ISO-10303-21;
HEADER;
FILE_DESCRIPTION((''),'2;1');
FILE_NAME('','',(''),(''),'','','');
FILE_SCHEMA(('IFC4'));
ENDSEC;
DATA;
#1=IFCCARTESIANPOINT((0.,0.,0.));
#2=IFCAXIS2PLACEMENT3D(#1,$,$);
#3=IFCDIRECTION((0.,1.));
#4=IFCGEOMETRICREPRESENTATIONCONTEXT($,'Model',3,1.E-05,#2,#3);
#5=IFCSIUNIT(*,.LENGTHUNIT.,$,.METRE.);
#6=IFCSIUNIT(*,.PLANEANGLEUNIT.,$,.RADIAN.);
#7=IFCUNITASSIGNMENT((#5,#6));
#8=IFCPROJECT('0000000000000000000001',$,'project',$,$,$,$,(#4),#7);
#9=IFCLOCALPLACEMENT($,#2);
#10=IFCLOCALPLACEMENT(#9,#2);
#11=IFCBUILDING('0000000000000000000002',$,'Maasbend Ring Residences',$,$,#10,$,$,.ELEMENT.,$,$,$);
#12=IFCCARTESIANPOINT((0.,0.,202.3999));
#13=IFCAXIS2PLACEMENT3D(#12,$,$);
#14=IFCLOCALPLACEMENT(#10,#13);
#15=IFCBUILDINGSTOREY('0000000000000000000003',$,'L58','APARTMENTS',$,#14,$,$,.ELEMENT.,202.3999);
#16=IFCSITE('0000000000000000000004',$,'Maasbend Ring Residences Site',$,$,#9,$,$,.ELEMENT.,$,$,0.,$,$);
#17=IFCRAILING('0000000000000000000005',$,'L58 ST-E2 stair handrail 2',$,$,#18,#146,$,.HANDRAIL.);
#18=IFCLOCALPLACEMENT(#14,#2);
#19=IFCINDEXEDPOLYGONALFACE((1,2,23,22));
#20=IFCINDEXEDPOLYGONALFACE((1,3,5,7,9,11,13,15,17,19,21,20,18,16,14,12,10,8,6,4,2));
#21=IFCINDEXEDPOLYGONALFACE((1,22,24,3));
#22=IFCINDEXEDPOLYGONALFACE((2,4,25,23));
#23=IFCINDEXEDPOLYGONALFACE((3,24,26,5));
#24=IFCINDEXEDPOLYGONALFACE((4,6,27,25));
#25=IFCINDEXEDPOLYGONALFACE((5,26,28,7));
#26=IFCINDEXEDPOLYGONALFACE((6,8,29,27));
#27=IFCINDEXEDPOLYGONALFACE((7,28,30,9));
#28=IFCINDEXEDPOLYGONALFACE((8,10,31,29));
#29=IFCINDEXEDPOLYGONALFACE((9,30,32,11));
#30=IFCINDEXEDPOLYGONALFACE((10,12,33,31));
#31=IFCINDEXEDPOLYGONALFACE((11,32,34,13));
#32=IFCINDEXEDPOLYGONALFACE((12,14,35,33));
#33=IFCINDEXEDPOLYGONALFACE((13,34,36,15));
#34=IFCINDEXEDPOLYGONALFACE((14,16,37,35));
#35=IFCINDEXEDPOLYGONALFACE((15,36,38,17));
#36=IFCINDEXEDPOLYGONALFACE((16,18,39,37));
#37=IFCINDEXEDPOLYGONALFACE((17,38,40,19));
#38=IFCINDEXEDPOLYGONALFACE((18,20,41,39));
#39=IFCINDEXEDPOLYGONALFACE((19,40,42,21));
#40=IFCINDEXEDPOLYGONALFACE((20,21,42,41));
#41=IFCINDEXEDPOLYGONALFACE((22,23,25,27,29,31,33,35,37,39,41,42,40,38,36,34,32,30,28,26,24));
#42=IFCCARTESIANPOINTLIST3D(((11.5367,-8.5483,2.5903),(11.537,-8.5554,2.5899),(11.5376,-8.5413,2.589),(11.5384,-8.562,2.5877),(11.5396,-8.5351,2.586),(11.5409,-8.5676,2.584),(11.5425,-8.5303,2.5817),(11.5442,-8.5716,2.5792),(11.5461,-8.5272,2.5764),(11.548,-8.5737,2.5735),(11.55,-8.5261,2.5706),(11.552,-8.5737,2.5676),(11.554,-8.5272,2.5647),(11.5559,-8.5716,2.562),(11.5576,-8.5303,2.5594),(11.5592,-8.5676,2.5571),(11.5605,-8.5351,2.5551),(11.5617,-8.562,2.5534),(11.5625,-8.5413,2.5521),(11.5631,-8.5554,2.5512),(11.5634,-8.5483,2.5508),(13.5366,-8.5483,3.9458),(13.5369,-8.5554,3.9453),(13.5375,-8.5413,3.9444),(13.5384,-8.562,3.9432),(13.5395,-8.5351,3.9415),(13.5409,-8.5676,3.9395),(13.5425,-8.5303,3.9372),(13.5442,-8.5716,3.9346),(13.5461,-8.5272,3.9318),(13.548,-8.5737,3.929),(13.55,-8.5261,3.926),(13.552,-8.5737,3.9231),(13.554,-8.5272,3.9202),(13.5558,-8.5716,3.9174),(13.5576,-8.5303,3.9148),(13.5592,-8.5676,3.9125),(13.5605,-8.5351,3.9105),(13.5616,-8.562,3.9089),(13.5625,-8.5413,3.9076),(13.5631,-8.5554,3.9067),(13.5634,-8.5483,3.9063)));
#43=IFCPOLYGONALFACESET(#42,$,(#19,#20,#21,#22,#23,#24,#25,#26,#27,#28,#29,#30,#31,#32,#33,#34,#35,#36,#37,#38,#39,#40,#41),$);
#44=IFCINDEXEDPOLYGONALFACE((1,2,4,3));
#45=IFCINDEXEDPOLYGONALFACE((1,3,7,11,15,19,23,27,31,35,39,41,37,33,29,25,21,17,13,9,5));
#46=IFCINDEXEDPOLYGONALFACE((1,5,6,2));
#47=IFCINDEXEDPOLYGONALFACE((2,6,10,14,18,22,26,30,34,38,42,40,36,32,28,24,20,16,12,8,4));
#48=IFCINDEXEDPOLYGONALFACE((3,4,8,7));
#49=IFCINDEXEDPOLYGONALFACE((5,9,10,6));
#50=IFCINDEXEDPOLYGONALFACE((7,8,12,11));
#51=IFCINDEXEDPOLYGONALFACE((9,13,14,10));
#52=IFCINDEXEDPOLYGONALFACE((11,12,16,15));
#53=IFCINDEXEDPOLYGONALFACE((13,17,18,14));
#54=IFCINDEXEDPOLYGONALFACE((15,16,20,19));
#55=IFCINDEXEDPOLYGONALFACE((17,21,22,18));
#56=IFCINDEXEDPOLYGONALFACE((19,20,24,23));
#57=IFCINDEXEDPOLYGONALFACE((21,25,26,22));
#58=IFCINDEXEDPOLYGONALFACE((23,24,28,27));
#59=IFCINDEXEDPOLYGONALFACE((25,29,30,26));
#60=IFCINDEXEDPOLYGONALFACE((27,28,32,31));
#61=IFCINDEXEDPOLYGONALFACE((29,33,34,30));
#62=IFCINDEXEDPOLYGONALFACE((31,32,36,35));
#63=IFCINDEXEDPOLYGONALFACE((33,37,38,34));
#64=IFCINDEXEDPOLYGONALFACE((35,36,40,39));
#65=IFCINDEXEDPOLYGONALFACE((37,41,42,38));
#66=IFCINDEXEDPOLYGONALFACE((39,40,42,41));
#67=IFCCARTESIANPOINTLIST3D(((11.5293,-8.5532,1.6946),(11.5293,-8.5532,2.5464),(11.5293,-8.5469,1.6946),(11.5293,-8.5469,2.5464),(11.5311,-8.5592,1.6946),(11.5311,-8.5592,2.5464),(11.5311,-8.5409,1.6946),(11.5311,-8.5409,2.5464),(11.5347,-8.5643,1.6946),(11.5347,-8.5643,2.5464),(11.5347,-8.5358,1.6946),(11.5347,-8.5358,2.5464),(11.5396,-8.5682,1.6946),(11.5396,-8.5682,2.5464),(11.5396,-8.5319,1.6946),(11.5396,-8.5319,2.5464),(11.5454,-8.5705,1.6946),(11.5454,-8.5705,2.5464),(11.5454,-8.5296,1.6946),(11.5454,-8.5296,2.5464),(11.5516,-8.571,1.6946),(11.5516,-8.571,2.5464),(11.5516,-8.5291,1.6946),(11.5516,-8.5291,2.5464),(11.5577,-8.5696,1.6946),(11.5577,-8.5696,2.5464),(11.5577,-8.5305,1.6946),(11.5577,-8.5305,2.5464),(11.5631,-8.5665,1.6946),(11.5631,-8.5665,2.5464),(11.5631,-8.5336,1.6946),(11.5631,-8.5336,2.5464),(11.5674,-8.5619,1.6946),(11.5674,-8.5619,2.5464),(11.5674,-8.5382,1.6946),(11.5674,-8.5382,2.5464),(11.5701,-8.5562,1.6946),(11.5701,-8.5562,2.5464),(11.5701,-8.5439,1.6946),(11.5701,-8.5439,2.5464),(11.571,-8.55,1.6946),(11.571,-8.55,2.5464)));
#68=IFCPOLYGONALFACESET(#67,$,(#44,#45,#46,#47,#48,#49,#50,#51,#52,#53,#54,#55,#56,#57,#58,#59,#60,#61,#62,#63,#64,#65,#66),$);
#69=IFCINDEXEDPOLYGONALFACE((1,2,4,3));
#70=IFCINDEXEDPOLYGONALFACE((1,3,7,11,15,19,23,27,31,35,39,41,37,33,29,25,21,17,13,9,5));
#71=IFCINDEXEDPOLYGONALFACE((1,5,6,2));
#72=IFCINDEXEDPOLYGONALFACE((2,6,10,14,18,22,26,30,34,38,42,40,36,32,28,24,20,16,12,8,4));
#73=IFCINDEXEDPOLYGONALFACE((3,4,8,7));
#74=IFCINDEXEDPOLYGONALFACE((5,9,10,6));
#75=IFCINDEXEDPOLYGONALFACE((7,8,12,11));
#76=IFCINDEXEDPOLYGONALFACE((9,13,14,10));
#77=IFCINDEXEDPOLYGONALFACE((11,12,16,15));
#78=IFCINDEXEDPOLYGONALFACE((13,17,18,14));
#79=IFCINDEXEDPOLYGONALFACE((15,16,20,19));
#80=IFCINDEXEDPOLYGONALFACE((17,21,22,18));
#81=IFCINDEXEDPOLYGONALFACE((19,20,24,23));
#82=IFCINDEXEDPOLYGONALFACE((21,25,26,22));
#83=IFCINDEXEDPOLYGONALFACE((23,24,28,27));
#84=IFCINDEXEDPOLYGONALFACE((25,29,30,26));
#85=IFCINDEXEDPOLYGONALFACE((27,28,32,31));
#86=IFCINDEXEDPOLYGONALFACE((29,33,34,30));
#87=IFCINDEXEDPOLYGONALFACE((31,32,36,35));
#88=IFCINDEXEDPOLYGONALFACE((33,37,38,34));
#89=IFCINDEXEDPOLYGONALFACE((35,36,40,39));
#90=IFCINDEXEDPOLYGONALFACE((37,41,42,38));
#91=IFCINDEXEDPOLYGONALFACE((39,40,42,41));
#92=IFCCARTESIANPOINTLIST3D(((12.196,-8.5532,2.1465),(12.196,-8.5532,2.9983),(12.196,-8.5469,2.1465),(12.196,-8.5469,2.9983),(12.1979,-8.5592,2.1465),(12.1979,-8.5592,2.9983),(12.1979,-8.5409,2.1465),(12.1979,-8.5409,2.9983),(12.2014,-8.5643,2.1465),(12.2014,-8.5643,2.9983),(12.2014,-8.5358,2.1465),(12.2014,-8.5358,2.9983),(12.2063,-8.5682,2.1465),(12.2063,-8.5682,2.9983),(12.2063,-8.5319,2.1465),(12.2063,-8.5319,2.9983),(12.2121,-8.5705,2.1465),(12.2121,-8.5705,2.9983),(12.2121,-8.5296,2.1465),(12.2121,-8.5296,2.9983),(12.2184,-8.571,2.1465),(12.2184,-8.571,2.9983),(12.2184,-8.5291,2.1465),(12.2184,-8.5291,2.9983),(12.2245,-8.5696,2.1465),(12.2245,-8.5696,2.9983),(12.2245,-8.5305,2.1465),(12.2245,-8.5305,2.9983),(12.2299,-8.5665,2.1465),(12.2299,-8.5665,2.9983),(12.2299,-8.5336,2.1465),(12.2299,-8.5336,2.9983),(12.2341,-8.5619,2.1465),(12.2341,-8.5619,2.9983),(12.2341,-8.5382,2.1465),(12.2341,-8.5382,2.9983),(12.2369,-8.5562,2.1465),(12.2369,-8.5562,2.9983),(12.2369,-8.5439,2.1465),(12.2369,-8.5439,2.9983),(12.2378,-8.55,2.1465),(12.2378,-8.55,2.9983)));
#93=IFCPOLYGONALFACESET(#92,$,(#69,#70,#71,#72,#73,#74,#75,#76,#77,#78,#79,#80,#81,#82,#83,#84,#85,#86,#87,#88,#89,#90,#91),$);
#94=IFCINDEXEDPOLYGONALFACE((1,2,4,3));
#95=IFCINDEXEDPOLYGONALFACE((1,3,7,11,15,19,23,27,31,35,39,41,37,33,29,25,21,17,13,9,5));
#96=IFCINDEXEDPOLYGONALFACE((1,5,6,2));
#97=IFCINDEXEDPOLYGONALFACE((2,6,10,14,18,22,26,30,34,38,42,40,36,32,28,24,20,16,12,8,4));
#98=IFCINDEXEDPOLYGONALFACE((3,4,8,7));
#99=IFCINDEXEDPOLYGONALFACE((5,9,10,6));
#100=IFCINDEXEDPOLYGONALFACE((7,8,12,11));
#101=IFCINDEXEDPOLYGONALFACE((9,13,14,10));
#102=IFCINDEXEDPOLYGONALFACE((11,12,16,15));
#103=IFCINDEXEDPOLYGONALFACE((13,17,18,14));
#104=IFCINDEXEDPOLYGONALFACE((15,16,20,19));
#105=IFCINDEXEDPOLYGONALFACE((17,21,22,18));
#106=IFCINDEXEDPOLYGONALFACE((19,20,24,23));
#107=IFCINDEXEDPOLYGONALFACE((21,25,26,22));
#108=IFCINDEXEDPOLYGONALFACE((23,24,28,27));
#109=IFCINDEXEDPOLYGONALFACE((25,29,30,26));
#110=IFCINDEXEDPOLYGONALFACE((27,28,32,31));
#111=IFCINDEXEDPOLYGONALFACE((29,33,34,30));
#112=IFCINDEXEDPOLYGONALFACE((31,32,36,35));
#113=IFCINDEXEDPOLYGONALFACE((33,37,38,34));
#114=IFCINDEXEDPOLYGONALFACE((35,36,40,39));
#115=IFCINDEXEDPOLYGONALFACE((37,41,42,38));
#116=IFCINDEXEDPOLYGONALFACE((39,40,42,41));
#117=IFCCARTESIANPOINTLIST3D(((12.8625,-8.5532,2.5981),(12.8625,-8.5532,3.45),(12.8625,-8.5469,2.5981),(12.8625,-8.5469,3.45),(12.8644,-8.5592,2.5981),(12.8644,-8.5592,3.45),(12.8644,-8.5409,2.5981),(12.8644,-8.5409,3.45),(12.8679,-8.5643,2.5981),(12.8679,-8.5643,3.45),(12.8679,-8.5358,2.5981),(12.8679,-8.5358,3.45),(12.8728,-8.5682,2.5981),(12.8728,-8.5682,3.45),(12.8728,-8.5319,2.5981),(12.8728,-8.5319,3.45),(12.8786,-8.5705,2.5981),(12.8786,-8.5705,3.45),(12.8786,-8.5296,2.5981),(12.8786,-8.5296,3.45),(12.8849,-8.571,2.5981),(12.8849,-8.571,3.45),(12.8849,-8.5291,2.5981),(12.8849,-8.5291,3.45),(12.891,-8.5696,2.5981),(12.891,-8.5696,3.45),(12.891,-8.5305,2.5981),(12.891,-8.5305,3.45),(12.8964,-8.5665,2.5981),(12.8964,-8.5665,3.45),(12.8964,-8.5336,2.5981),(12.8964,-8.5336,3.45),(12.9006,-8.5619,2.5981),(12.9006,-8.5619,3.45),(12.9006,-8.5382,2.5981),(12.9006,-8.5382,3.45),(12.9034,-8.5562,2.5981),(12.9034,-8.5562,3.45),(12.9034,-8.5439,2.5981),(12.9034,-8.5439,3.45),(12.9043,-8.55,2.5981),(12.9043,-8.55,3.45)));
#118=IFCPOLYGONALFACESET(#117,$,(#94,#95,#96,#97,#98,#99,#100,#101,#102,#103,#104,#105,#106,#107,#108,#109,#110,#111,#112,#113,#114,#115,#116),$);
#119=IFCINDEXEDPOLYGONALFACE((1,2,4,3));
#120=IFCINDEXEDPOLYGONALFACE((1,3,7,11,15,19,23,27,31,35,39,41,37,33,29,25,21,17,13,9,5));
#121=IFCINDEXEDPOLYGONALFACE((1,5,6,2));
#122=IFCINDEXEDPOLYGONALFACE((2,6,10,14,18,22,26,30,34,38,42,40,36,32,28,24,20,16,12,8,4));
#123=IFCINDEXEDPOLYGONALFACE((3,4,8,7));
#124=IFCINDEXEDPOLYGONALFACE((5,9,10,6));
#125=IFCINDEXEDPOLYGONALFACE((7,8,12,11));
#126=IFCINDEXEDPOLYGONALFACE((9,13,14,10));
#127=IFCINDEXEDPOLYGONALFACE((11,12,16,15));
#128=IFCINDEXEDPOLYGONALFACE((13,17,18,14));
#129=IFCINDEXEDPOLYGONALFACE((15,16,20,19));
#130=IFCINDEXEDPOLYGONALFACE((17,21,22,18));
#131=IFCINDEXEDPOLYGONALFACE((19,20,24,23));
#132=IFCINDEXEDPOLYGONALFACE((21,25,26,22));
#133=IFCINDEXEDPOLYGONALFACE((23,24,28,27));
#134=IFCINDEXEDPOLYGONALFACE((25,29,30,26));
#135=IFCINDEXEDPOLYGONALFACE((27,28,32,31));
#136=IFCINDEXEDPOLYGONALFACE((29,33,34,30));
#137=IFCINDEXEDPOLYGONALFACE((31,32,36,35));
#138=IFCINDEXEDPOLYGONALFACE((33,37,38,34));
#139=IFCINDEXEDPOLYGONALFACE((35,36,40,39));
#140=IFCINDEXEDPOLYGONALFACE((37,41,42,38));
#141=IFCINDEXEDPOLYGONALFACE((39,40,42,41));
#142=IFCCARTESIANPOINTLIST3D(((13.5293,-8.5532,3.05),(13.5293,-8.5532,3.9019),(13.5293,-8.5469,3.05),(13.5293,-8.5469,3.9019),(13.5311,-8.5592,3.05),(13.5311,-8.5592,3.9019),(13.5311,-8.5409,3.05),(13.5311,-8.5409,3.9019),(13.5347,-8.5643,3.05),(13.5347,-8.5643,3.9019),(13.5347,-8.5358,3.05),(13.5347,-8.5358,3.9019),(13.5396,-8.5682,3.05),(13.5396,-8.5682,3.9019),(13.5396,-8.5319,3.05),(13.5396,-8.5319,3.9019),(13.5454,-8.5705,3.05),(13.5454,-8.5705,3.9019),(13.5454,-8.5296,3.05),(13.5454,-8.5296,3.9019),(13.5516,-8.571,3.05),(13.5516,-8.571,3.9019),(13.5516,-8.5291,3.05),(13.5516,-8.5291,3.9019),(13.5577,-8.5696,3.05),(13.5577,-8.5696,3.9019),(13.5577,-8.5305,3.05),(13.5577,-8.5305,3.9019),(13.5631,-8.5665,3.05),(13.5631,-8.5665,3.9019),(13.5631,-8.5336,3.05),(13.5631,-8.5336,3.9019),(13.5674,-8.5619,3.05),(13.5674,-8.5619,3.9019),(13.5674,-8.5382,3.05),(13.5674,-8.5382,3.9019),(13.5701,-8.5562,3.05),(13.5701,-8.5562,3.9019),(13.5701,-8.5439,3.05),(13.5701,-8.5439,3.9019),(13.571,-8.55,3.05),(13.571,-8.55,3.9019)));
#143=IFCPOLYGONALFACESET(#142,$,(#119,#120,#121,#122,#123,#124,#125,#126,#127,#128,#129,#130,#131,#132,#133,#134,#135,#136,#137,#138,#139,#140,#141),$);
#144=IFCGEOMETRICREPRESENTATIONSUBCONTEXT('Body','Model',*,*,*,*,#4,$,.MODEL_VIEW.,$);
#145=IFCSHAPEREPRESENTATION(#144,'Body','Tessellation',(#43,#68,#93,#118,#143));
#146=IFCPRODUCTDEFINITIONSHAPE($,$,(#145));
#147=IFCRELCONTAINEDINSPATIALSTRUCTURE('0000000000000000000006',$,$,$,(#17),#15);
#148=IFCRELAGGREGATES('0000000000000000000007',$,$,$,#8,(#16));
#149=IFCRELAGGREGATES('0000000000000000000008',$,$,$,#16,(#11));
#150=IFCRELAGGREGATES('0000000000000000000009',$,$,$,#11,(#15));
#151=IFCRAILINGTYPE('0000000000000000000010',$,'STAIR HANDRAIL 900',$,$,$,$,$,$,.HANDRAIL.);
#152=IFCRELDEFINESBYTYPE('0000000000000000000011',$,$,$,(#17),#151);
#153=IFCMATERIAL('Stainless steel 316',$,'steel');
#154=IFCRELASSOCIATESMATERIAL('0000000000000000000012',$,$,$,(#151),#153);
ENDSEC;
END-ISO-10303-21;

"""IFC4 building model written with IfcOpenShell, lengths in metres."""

from ifc_helpers import new_model, si_unit, direction, frame, origin, origin_2d, place, context, subcontext, project, spatial, circle, extrude, material, type_object, element, save


model = new_model("IFC4")

# Units and contexts
model_context = context("Model", 3, precision=1e-05, world=origin(), true_north=direction((0.0, 1.0)))
body_context = subcontext(model_context, "Body", "Model", "MODEL_VIEW")
ifc_project = project(units=[si_unit("LENGTHUNIT", "METRE"), si_unit("PLANEANGLEUNIT", "RADIAN")], contexts=[model_context])

# Site, building, storey
site_placement = place(None, origin())
site = spatial("IfcSite", under=ifc_project, at=site_placement, Name="Maasbend Ring Residences Site", CompositionType="ELEMENT", RefElevation=0.0)
building_placement = place(site_placement, origin())
building = spatial("IfcBuilding", under=site, at=building_placement, Name="Maasbend Ring Residences", CompositionType="ELEMENT")
storey_placement = place(building_placement, frame((0.0, 0.0, 202.3999)))
storey = spatial("IfcBuildingStorey", under=building, at=storey_placement, Name="L58", Description="APARTMENTS", CompositionType="ELEMENT", Elevation=202.3999)

# Railing
ifc_material_1 = material(Name="Stainless steel 316", Category="steel")
railing_type_1 = type_object("IfcRailingType", Name="STAIR HANDRAIL 900", PredefinedType="HANDRAIL", material=ifc_material_1)
railing_1_placement = place(storey_placement, frame((11.55, -8.55, 1.6946)))
element("IfcRailing", 1, at=railing_1_placement, inside=storey, type_object=railing_type_1, Name="L58 ST-E2 stair handrail 2", PredefinedType="HANDRAIL", context=body_context, shape_type="SweptSolid", body=[
    extrude(circle(Radius=0.0239, at=origin_2d()), frame((0.0, 0.0, 0.876), z_axis=(0.827798, 0.0, 0.561027), x_axis=(0.0, 1.0, 0.0)), (0.0, 0.0, 1.0), 2.416),
    extrude(circle(Radius=0.021, at=origin_2d()), origin(), (0.0, 0.0, 1.0), 0.8518),
    extrude(circle(Radius=0.021, at=origin_2d()), frame((0.6667, 0.0, 0.4519)), (0.0, 0.0, 1.0), 0.8518),
    extrude(circle(Radius=0.021, at=origin_2d()), frame((1.3333, 0.0, 0.9036)), (0.0, 0.0, 1.0), 0.8518),
    extrude(circle(Radius=0.021, at=origin_2d()), frame((2.0, 0.0, 1.3555)), (0.0, 0.0, 1.0), 0.8518),
])

save(model, "model.ifc")
